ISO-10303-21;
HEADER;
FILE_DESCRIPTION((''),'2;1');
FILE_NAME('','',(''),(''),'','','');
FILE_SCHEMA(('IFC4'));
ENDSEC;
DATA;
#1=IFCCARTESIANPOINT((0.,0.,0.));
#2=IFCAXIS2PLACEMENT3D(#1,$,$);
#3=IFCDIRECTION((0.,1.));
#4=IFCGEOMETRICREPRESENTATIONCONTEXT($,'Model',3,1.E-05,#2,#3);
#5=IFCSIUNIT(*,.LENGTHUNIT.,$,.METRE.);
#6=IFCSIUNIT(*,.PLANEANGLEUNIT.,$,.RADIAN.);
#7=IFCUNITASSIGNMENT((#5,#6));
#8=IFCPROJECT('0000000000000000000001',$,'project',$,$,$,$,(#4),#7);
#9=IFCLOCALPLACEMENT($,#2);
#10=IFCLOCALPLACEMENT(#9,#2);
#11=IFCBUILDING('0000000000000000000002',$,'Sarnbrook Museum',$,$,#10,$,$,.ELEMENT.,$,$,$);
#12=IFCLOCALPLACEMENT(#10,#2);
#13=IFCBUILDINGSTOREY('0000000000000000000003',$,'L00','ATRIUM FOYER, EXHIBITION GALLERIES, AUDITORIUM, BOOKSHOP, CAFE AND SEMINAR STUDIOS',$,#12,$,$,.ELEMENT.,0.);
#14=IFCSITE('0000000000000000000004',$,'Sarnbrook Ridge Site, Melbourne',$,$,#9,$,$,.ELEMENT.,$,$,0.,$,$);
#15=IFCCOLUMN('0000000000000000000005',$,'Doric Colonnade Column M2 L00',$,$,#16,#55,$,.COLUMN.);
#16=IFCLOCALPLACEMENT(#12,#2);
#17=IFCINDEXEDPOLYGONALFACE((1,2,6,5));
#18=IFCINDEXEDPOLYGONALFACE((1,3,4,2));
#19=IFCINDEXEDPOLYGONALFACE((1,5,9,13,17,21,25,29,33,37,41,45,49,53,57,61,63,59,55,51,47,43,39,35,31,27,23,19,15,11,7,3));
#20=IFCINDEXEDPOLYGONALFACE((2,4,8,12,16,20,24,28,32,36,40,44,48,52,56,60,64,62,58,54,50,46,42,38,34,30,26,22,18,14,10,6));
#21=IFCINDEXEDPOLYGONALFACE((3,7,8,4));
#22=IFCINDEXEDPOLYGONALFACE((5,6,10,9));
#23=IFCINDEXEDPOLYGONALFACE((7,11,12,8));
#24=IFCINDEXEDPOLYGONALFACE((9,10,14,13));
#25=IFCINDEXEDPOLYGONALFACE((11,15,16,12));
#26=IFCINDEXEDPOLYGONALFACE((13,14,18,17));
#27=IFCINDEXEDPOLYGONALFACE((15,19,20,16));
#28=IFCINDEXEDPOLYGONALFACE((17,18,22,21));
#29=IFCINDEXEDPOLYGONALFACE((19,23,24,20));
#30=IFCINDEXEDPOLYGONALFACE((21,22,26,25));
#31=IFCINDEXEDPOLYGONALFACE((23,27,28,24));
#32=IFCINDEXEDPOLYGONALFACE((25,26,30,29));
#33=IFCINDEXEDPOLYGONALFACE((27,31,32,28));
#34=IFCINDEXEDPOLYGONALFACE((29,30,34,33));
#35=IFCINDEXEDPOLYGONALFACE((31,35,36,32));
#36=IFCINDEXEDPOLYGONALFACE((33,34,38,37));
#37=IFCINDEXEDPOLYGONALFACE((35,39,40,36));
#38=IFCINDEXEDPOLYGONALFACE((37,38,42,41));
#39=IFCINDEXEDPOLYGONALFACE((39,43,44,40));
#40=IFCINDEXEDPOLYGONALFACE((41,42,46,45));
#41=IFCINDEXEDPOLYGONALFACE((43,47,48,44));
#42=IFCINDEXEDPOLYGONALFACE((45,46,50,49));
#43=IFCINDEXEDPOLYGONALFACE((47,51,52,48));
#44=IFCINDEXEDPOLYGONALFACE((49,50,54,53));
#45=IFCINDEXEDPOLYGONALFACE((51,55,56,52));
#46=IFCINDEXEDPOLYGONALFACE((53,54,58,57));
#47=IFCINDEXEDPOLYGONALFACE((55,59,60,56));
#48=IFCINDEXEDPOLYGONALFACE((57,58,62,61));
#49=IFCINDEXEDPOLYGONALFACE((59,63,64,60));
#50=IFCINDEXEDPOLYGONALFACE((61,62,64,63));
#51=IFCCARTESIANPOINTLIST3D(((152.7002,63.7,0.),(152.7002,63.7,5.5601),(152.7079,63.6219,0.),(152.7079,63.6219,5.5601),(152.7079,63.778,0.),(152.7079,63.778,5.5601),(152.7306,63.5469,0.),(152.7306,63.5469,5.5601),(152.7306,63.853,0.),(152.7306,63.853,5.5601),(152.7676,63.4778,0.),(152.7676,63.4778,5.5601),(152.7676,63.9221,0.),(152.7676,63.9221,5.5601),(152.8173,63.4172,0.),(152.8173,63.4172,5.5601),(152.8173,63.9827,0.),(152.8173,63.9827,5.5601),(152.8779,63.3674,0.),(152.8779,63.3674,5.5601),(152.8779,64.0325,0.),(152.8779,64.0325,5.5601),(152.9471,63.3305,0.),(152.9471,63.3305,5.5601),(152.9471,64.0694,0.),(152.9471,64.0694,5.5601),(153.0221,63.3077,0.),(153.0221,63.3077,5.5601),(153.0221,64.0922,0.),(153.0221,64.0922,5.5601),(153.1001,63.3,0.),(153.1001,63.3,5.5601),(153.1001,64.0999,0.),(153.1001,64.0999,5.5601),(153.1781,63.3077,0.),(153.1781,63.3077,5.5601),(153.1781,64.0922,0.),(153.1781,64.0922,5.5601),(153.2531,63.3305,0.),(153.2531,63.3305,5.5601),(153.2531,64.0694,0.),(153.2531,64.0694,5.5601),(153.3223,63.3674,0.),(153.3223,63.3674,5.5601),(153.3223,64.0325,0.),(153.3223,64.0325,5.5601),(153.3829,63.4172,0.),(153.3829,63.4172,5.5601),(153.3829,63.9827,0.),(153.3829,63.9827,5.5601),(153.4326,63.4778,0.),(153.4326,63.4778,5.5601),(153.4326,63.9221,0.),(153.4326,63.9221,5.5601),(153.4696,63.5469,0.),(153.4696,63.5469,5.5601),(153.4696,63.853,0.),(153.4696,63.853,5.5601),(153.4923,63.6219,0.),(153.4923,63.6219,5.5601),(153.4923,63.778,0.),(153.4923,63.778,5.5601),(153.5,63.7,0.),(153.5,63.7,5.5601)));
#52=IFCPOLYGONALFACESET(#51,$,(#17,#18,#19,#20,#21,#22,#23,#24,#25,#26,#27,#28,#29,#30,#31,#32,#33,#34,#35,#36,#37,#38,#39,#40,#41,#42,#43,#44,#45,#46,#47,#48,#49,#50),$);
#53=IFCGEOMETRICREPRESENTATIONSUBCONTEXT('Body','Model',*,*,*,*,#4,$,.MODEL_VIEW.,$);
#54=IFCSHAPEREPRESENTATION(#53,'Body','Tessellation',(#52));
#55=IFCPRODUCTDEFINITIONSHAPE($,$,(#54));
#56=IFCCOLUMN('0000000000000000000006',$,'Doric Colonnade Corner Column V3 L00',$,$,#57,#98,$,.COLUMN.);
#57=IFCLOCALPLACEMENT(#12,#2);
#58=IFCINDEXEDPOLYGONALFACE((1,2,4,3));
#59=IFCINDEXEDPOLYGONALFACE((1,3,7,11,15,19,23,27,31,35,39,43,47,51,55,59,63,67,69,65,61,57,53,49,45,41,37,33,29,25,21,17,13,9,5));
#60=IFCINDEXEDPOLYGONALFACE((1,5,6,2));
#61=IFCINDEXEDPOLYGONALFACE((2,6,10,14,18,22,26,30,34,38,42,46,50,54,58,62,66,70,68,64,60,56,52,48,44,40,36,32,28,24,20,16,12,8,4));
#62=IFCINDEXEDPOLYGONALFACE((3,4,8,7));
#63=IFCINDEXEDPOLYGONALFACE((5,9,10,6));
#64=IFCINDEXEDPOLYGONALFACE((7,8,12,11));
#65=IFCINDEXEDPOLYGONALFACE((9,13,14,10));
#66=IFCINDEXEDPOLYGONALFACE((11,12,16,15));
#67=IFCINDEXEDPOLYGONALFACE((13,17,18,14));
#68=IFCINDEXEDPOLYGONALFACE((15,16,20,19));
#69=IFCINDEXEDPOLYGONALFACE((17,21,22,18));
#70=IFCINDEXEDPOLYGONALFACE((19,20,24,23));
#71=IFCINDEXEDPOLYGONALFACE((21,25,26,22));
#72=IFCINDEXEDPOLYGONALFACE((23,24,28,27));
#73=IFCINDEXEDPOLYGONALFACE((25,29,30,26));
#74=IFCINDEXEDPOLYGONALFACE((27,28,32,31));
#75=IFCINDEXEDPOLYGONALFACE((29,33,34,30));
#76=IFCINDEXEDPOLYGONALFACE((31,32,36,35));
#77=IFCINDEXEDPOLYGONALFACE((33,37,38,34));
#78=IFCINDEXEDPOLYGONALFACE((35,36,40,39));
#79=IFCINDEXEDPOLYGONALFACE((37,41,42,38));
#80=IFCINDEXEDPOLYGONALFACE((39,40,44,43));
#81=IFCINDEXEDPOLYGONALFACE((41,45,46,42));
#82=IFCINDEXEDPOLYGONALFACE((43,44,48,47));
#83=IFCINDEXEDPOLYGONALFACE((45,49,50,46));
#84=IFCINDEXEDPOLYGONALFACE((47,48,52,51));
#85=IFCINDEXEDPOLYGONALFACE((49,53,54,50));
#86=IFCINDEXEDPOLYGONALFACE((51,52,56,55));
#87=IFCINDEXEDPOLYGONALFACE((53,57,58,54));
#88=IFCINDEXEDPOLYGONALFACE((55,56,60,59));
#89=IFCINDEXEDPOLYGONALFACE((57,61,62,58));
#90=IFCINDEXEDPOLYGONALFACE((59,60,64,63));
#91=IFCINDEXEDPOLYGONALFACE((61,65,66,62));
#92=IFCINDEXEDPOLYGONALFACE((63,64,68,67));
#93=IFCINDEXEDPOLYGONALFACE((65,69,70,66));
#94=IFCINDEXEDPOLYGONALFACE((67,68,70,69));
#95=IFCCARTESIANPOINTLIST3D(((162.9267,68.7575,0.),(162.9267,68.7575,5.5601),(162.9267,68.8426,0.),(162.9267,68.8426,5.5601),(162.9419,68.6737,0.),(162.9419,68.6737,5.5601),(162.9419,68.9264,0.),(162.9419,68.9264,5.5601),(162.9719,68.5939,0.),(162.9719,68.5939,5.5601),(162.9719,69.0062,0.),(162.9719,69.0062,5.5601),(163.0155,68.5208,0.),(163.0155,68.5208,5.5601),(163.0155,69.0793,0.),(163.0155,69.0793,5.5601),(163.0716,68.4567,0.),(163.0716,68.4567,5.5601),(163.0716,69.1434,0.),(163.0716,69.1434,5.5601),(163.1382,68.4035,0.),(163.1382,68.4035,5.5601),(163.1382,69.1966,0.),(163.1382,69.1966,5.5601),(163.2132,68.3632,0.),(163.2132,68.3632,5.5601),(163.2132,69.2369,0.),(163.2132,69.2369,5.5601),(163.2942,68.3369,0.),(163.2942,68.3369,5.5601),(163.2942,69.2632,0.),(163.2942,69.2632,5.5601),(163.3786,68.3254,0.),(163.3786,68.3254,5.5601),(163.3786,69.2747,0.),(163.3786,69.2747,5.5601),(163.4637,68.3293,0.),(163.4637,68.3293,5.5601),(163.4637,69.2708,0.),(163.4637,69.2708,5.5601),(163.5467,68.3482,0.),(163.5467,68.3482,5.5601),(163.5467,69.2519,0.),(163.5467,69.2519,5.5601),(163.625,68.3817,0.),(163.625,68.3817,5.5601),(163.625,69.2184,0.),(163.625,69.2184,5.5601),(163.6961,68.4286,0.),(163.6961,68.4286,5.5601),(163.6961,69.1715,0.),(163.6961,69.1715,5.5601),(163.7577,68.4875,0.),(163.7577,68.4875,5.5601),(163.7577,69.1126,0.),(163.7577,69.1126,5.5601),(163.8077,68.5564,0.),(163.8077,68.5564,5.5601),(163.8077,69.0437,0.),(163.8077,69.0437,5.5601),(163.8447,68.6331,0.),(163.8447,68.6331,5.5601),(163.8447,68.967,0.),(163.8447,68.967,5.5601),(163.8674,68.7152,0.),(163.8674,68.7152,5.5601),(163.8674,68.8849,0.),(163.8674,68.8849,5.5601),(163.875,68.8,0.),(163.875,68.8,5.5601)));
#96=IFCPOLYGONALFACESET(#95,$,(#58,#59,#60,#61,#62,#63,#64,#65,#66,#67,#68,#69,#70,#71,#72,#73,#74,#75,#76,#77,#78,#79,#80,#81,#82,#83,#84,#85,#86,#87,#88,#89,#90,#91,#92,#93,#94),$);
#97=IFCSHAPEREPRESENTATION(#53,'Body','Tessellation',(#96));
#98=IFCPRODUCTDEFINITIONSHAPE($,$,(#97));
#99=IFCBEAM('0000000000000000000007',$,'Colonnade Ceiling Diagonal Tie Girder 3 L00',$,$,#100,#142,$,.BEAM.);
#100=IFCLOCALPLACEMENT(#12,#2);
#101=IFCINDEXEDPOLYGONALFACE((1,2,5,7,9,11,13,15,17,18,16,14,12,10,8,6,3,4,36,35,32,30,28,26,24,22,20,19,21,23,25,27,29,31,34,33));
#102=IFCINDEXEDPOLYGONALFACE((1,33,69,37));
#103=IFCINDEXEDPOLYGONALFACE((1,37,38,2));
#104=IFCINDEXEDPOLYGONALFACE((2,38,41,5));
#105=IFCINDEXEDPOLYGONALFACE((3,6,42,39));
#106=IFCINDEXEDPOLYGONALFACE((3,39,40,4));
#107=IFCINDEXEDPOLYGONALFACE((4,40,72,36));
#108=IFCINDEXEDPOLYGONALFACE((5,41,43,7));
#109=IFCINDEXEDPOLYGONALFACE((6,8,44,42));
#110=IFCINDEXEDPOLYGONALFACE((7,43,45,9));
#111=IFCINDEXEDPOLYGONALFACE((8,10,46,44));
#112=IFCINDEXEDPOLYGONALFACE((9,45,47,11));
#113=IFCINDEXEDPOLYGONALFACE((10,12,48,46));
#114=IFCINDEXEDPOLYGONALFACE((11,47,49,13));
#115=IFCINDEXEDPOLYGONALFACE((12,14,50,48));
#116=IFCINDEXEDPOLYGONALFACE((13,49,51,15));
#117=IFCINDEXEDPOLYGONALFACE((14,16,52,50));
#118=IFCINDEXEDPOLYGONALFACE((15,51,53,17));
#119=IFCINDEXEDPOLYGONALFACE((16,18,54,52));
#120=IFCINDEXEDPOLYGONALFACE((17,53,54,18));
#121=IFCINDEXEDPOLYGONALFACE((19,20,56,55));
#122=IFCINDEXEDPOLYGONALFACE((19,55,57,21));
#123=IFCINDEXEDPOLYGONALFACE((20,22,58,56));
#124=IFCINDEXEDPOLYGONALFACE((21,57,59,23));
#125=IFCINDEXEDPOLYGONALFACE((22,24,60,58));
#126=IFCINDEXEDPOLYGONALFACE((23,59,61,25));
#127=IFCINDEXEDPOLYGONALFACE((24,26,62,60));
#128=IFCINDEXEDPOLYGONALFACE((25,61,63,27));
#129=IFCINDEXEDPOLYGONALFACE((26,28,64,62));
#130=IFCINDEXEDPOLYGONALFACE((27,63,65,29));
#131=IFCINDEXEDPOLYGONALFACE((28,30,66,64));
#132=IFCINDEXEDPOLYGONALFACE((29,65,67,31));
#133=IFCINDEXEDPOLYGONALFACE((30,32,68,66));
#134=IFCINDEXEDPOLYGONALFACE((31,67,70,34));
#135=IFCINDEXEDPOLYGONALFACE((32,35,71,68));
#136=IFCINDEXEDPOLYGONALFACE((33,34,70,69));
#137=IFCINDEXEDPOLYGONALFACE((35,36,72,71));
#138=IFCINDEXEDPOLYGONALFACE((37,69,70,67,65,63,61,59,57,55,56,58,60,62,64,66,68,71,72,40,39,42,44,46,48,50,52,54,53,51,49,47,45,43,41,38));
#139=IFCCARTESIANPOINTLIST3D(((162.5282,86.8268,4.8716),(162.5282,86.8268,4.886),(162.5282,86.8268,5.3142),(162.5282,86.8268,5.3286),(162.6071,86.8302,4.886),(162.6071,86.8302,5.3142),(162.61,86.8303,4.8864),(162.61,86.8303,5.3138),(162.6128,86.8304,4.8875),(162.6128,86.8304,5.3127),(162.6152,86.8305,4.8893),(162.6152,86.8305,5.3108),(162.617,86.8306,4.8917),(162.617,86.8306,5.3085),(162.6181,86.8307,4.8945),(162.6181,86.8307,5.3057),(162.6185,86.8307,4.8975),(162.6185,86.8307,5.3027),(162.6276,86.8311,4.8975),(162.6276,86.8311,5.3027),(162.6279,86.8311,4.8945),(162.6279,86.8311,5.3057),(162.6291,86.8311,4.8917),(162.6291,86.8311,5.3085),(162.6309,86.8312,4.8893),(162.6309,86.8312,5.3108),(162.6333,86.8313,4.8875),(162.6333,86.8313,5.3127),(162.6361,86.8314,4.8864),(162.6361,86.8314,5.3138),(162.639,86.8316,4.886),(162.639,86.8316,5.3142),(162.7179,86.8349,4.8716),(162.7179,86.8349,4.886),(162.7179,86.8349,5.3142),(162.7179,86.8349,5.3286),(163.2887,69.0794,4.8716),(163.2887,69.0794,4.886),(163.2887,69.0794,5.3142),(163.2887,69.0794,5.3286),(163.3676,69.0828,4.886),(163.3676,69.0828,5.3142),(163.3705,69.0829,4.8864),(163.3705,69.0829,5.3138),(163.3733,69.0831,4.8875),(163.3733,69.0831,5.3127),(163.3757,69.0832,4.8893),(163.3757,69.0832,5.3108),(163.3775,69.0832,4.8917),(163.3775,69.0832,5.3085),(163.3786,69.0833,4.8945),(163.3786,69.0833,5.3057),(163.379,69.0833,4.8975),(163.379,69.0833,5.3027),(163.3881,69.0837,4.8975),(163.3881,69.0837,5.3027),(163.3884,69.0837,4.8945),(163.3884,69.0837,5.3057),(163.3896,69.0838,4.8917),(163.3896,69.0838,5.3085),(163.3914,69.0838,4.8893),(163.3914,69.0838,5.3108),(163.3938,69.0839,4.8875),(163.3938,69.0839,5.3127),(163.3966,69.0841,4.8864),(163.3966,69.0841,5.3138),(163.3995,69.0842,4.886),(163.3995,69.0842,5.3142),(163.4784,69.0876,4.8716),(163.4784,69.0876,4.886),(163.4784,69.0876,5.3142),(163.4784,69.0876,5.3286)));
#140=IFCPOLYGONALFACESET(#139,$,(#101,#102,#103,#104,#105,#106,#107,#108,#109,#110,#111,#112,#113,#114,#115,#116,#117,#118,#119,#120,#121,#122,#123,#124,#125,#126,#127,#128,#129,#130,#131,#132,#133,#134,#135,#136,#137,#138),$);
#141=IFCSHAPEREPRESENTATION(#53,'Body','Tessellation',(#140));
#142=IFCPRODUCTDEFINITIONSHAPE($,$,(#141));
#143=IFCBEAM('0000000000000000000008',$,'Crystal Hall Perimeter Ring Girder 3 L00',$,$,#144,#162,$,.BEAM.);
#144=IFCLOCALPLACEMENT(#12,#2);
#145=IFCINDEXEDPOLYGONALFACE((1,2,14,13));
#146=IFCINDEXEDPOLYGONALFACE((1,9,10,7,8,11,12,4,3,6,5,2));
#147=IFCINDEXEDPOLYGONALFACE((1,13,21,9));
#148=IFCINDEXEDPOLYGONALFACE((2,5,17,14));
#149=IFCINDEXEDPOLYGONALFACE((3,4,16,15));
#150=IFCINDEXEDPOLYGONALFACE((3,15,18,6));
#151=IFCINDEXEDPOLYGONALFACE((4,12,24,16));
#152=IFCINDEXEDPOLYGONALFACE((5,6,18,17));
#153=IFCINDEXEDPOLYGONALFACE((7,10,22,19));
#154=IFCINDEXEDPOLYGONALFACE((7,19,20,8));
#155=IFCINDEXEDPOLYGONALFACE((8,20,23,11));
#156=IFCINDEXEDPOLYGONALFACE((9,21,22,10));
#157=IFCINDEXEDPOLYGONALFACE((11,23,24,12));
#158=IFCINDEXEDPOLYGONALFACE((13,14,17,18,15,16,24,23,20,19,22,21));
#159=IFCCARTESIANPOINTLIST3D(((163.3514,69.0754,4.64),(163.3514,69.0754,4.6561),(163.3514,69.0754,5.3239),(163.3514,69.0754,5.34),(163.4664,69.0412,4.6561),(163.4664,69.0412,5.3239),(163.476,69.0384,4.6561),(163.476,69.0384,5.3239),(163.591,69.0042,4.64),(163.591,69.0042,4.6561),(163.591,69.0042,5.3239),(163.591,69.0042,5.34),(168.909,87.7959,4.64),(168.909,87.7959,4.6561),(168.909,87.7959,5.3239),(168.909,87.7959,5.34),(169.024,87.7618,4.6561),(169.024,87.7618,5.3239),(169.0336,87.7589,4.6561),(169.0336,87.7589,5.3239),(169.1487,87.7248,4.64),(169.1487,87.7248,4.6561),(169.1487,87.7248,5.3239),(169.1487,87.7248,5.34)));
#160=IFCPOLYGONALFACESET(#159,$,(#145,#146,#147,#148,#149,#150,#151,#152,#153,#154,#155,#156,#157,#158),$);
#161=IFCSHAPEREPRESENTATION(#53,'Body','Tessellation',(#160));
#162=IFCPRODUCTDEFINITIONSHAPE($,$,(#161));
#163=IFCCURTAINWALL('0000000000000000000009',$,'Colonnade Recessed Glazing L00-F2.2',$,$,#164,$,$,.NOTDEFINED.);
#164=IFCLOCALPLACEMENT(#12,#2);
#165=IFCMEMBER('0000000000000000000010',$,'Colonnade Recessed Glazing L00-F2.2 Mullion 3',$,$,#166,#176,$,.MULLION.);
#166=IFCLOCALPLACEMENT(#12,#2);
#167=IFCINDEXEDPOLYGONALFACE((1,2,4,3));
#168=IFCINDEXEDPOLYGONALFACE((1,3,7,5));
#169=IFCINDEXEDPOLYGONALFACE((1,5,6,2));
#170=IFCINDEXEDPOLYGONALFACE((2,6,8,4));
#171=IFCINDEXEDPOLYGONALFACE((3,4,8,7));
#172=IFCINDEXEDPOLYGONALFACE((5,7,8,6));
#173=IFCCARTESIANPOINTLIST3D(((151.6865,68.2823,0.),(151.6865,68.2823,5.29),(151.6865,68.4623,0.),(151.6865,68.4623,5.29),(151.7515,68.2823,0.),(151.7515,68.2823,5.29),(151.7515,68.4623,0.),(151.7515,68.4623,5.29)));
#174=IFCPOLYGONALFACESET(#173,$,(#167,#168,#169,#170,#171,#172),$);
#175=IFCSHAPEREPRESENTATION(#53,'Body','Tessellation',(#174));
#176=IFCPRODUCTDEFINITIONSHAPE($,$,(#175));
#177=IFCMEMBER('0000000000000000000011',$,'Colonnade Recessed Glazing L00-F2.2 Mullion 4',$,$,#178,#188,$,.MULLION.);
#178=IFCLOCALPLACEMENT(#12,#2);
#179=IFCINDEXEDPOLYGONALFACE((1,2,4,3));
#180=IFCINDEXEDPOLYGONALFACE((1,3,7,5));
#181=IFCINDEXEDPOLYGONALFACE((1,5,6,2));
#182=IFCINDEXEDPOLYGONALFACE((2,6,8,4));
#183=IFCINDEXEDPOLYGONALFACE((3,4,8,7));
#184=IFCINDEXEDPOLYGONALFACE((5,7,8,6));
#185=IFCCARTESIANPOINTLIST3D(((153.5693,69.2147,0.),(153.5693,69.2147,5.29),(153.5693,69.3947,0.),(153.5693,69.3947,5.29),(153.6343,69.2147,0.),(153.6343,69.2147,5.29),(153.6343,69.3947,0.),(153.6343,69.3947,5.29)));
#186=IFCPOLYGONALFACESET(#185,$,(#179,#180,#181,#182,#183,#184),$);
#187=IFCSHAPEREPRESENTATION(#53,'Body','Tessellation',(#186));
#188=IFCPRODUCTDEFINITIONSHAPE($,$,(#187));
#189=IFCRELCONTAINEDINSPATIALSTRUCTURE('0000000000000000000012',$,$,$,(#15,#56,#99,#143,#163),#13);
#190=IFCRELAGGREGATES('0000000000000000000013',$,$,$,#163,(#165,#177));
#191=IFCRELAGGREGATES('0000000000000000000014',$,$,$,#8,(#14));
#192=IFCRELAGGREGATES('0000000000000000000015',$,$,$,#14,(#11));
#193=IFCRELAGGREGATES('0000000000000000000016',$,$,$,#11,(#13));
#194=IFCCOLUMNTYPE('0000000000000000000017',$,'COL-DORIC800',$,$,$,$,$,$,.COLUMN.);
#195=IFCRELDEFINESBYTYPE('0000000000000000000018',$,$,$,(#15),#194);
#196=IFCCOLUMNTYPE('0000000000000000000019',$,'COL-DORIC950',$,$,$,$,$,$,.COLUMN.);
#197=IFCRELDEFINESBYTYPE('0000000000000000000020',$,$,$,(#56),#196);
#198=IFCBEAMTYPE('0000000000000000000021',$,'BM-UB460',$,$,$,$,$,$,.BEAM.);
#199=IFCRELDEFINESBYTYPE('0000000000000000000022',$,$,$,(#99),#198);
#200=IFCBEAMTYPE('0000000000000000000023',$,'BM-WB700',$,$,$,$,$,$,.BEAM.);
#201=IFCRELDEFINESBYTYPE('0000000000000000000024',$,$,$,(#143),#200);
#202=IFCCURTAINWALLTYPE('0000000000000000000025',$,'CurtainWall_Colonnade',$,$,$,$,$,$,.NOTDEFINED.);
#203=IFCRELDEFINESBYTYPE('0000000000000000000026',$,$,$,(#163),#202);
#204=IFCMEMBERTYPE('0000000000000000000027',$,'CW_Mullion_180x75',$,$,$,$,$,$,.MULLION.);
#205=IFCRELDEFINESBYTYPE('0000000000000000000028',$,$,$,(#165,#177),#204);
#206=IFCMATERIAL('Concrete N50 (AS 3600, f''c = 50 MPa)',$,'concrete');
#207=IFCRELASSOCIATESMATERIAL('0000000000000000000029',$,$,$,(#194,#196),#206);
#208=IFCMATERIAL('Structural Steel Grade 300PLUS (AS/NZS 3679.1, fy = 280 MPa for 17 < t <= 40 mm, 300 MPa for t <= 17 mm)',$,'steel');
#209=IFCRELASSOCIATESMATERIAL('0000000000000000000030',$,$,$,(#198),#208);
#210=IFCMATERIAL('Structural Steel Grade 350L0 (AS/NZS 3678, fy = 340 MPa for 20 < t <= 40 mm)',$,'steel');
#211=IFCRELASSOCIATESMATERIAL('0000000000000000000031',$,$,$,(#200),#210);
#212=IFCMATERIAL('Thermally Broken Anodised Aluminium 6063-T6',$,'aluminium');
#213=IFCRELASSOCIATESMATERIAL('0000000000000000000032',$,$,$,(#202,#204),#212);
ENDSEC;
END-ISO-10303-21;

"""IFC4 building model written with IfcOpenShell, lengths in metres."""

from ifc_helpers import new_model, si_unit, direction, frame, origin, origin_2d, place, context, subcontext, project, spatial, rectangle, circle, i_section, extrude, material, material_profile, profile_set, type_object, element, aggregate, save


model = new_model("IFC4")

# Units and contexts
model_context = context("Model", 3, precision=1e-05, world=origin(), true_north=direction((0.0, 1.0)))
body_context = subcontext(model_context, "Body", "Model", "MODEL_VIEW")
ifc_project = project(units=[si_unit("LENGTHUNIT", "METRE"), si_unit("PLANEANGLEUNIT", "RADIAN")], contexts=[model_context])

# Site, building, storey
site_placement = place(None, origin())
site = spatial("IfcSite", under=ifc_project, at=site_placement, Name="Sarnbrook Ridge Site, Melbourne", CompositionType="ELEMENT", RefElevation=0.0)
building_placement = place(site_placement, origin())
building = spatial("IfcBuilding", under=site, at=building_placement, Name="Sarnbrook Museum", CompositionType="ELEMENT")
storey_placement = place(building_placement, origin())
storey = spatial("IfcBuildingStorey", under=building, at=storey_placement, Name="L00", Description="ATRIUM FOYER, EXHIBITION GALLERIES, AUDITORIUM, BOOKSHOP, CAFE AND SEMINAR STUDIOS", CompositionType="ELEMENT", Elevation=0.0)

# Columns
ifc_material_1 = material(Name="Concrete N50 (AS 3600, f'c = 50 MPa)", Category="concrete")
ifc_material_profile_1 = material_profile(ifc_material_1, circle(Radius=0.3999, at=origin_2d()), Name="DORIC D800")
ifc_profile_set_1 = profile_set([ifc_material_profile_1], Name="Concrete N50 (AS 3600, f'c = 50 MPa)")
column_type_1 = type_object("IfcColumnType", Name="COL-DORIC800", PredefinedType="COLUMN", material=ifc_profile_set_1)
column_1_placement = place(storey_placement, frame((153.1001, 63.7, 0.0), z_axis=(0.0, 0.0, 1.0), x_axis=(1.0, 0.0, 0.0)))
element("IfcColumn", 1, at=column_1_placement, inside=storey, type_object=column_type_1, Name="Doric Colonnade Column M2 L00", PredefinedType="COLUMN", context=body_context, shape_type="SweptSolid", body=[
    extrude(circle(Radius=0.3999, at=origin_2d()), origin(), (0.0, 0.0, 1.0), 5.5601),
])
ifc_material_profile_2 = material_profile(ifc_material_1, circle(Radius=0.4751, at=origin_2d()), Name="DORIC D950")
ifc_profile_set_2 = profile_set([ifc_material_profile_2], Name="Concrete N50 (AS 3600, f'c = 50 MPa)")
column_type_2 = type_object("IfcColumnType", Name="COL-DORIC950", PredefinedType="COLUMN", material=ifc_profile_set_2)
column_2_placement = place(storey_placement, frame((163.3999, 68.8, 0.0), z_axis=(0.0, 0.0, 1.0), x_axis=(1.0, 0.0, 0.0)))
element("IfcColumn", 2, at=column_2_placement, inside=storey, type_object=column_type_2, Name="Doric Colonnade Corner Column V3 L00", PredefinedType="COLUMN", context=body_context, shape_type="SweptSolid", body=[
    extrude(circle(Radius=0.4751, at=origin_2d()), origin(), (0.0, 0.0, 1.0), 5.5601),
])

# Beams
ifc_material_2 = material(Name="Structural Steel Grade 300PLUS (AS/NZS 3679.1, fy = 280 MPa for 17 < t <= 40 mm, 300 MPa for t <= 17 mm)", Category="steel")
ifc_material_profile_3 = material_profile(ifc_material_2, i_section(OverallWidth=0.1899, OverallDepth=0.457, WebThickness=0.009, FlangeThickness=0.0144, FilletRadius=0.0115, at=origin_2d()), Name="460UB74.6")
ifc_profile_set_3 = profile_set([ifc_material_profile_3], Name="Structural Steel Grade 300PLUS (AS/NZS 3679.1, fy = 280 MPa for 17 < t <= 40 mm, 300 MPa for t <= 17 mm)")
beam_type_1 = type_object("IfcBeamType", Name="BM-UB460", PredefinedType="BEAM", material=ifc_profile_set_3)
beam_1_placement = place(storey_placement, frame((163.3835, 69.0835, 5.1001), z_axis=(-0.042812, 0.999083, 0.0), x_axis=(-0.999083, -0.042812, 0.0)))
element("IfcBeam", 3, at=beam_1_placement, inside=storey, type_object=beam_type_1, Name="Colonnade Ceiling Diagonal Tie Girder 3 L00", PredefinedType="BEAM", context=body_context, shape_type="SweptSolid", body=[
    extrude(i_section(OverallWidth=0.1899, OverallDepth=0.457, WebThickness=0.009, FlangeThickness=0.0144, FilletRadius=0.0115, at=origin_2d()), origin(), (0.0, 0.0, 1.0), 17.7637),
])
ifc_material_3 = material(Name="Structural Steel Grade 350L0 (AS/NZS 3678, fy = 340 MPa for 20 < t <= 40 mm)", Category="steel")
ifc_material_profile_4 = material_profile(ifc_material_3, i_section(OverallWidth=0.25, OverallDepth=0.7, WebThickness=0.01, FlangeThickness=0.0161, at=origin_2d()), Name="700WB130")
ifc_profile_set_4 = profile_set([ifc_material_profile_4], Name="Structural Steel Grade 350L0 (AS/NZS 3678, fy = 340 MPa for 20 < t <= 40 mm)")
beam_type_2 = type_object("IfcBeamType", Name="BM-WB700", PredefinedType="BEAM", material=ifc_profile_set_4)
beam_2_placement = place(storey_placement, frame((163.4712, 69.0398, 4.99), z_axis=(0.284597, 0.958647, 0.0), x_axis=(-0.958647, 0.284597, 0.0)))
element("IfcBeam", 4, at=beam_2_placement, inside=storey, type_object=beam_type_2, Name="Crystal Hall Perimeter Ring Girder 3 L00", PredefinedType="BEAM", context=body_context, shape_type="SweptSolid", body=[
    extrude(i_section(OverallWidth=0.25, OverallDepth=0.7, WebThickness=0.01, FlangeThickness=0.0161, at=origin_2d()), origin(), (0.0, 0.0, 1.0), 19.5281),
])

# Curtain wall, members
ifc_material_4 = material(Name="Thermally Broken Anodised Aluminium 6063-T6", Category="aluminium")
curtain_wall_type = type_object("IfcCurtainWallType", Name="CurtainWall_Colonnade", PredefinedType="NOTDEFINED", material=ifc_material_4)
curtain_wall_1_placement = place(storey_placement, origin())
curtain_wall_1 = element("IfcCurtainWall", 5, at=curtain_wall_1_placement, inside=storey, type_object=curtain_wall_type, Name="Colonnade Recessed Glazing L00-F2.2", PredefinedType="NOTDEFINED")
ifc_material_profile_5 = material_profile(ifc_material_4, rectangle(XDim=0.0649, YDim=0.1799, at=origin_2d()), Name="ALU MULLION 65x180")
ifc_profile_set_5 = profile_set([ifc_material_profile_5], Name="Thermally Broken Anodised Aluminium 6063-T6")
member_type_1 = type_object("IfcMemberType", Name="CW_Mullion_180x75", PredefinedType="MULLION", material=ifc_profile_set_5)
member_1_placement = place(storey_placement, frame((151.719, 68.3723, 0.0), z_axis=(0.0, 0.0, 1.0), x_axis=(1.0, 0.0, 0.0)))
member_1 = element("IfcMember", 6, at=member_1_placement, type_object=member_type_1, Name="Colonnade Recessed Glazing L00-F2.2 Mullion 3", PredefinedType="MULLION", context=body_context, shape_type="SweptSolid", body=[
    extrude(rectangle(XDim=0.0649, YDim=0.1799, at=origin_2d()), origin(), (0.0, 0.0, 1.0), 5.29),
])
member_2_placement = place(storey_placement, frame((153.6018, 69.3047, 0.0), z_axis=(0.0, 0.0, 1.0), x_axis=(1.0, 0.0, 0.0)))
member_2 = element("IfcMember", 7, at=member_2_placement, type_object=member_type_1, Name="Colonnade Recessed Glazing L00-F2.2 Mullion 4", PredefinedType="MULLION", context=body_context, shape_type="SweptSolid", body=[
    extrude(rectangle(XDim=0.0649, YDim=0.1799, at=origin_2d()), origin(), (0.0, 0.0, 1.0), 5.29),
])

aggregate(curtain_wall_1, [member_1, member_2])

save(model, "model.ifc")
